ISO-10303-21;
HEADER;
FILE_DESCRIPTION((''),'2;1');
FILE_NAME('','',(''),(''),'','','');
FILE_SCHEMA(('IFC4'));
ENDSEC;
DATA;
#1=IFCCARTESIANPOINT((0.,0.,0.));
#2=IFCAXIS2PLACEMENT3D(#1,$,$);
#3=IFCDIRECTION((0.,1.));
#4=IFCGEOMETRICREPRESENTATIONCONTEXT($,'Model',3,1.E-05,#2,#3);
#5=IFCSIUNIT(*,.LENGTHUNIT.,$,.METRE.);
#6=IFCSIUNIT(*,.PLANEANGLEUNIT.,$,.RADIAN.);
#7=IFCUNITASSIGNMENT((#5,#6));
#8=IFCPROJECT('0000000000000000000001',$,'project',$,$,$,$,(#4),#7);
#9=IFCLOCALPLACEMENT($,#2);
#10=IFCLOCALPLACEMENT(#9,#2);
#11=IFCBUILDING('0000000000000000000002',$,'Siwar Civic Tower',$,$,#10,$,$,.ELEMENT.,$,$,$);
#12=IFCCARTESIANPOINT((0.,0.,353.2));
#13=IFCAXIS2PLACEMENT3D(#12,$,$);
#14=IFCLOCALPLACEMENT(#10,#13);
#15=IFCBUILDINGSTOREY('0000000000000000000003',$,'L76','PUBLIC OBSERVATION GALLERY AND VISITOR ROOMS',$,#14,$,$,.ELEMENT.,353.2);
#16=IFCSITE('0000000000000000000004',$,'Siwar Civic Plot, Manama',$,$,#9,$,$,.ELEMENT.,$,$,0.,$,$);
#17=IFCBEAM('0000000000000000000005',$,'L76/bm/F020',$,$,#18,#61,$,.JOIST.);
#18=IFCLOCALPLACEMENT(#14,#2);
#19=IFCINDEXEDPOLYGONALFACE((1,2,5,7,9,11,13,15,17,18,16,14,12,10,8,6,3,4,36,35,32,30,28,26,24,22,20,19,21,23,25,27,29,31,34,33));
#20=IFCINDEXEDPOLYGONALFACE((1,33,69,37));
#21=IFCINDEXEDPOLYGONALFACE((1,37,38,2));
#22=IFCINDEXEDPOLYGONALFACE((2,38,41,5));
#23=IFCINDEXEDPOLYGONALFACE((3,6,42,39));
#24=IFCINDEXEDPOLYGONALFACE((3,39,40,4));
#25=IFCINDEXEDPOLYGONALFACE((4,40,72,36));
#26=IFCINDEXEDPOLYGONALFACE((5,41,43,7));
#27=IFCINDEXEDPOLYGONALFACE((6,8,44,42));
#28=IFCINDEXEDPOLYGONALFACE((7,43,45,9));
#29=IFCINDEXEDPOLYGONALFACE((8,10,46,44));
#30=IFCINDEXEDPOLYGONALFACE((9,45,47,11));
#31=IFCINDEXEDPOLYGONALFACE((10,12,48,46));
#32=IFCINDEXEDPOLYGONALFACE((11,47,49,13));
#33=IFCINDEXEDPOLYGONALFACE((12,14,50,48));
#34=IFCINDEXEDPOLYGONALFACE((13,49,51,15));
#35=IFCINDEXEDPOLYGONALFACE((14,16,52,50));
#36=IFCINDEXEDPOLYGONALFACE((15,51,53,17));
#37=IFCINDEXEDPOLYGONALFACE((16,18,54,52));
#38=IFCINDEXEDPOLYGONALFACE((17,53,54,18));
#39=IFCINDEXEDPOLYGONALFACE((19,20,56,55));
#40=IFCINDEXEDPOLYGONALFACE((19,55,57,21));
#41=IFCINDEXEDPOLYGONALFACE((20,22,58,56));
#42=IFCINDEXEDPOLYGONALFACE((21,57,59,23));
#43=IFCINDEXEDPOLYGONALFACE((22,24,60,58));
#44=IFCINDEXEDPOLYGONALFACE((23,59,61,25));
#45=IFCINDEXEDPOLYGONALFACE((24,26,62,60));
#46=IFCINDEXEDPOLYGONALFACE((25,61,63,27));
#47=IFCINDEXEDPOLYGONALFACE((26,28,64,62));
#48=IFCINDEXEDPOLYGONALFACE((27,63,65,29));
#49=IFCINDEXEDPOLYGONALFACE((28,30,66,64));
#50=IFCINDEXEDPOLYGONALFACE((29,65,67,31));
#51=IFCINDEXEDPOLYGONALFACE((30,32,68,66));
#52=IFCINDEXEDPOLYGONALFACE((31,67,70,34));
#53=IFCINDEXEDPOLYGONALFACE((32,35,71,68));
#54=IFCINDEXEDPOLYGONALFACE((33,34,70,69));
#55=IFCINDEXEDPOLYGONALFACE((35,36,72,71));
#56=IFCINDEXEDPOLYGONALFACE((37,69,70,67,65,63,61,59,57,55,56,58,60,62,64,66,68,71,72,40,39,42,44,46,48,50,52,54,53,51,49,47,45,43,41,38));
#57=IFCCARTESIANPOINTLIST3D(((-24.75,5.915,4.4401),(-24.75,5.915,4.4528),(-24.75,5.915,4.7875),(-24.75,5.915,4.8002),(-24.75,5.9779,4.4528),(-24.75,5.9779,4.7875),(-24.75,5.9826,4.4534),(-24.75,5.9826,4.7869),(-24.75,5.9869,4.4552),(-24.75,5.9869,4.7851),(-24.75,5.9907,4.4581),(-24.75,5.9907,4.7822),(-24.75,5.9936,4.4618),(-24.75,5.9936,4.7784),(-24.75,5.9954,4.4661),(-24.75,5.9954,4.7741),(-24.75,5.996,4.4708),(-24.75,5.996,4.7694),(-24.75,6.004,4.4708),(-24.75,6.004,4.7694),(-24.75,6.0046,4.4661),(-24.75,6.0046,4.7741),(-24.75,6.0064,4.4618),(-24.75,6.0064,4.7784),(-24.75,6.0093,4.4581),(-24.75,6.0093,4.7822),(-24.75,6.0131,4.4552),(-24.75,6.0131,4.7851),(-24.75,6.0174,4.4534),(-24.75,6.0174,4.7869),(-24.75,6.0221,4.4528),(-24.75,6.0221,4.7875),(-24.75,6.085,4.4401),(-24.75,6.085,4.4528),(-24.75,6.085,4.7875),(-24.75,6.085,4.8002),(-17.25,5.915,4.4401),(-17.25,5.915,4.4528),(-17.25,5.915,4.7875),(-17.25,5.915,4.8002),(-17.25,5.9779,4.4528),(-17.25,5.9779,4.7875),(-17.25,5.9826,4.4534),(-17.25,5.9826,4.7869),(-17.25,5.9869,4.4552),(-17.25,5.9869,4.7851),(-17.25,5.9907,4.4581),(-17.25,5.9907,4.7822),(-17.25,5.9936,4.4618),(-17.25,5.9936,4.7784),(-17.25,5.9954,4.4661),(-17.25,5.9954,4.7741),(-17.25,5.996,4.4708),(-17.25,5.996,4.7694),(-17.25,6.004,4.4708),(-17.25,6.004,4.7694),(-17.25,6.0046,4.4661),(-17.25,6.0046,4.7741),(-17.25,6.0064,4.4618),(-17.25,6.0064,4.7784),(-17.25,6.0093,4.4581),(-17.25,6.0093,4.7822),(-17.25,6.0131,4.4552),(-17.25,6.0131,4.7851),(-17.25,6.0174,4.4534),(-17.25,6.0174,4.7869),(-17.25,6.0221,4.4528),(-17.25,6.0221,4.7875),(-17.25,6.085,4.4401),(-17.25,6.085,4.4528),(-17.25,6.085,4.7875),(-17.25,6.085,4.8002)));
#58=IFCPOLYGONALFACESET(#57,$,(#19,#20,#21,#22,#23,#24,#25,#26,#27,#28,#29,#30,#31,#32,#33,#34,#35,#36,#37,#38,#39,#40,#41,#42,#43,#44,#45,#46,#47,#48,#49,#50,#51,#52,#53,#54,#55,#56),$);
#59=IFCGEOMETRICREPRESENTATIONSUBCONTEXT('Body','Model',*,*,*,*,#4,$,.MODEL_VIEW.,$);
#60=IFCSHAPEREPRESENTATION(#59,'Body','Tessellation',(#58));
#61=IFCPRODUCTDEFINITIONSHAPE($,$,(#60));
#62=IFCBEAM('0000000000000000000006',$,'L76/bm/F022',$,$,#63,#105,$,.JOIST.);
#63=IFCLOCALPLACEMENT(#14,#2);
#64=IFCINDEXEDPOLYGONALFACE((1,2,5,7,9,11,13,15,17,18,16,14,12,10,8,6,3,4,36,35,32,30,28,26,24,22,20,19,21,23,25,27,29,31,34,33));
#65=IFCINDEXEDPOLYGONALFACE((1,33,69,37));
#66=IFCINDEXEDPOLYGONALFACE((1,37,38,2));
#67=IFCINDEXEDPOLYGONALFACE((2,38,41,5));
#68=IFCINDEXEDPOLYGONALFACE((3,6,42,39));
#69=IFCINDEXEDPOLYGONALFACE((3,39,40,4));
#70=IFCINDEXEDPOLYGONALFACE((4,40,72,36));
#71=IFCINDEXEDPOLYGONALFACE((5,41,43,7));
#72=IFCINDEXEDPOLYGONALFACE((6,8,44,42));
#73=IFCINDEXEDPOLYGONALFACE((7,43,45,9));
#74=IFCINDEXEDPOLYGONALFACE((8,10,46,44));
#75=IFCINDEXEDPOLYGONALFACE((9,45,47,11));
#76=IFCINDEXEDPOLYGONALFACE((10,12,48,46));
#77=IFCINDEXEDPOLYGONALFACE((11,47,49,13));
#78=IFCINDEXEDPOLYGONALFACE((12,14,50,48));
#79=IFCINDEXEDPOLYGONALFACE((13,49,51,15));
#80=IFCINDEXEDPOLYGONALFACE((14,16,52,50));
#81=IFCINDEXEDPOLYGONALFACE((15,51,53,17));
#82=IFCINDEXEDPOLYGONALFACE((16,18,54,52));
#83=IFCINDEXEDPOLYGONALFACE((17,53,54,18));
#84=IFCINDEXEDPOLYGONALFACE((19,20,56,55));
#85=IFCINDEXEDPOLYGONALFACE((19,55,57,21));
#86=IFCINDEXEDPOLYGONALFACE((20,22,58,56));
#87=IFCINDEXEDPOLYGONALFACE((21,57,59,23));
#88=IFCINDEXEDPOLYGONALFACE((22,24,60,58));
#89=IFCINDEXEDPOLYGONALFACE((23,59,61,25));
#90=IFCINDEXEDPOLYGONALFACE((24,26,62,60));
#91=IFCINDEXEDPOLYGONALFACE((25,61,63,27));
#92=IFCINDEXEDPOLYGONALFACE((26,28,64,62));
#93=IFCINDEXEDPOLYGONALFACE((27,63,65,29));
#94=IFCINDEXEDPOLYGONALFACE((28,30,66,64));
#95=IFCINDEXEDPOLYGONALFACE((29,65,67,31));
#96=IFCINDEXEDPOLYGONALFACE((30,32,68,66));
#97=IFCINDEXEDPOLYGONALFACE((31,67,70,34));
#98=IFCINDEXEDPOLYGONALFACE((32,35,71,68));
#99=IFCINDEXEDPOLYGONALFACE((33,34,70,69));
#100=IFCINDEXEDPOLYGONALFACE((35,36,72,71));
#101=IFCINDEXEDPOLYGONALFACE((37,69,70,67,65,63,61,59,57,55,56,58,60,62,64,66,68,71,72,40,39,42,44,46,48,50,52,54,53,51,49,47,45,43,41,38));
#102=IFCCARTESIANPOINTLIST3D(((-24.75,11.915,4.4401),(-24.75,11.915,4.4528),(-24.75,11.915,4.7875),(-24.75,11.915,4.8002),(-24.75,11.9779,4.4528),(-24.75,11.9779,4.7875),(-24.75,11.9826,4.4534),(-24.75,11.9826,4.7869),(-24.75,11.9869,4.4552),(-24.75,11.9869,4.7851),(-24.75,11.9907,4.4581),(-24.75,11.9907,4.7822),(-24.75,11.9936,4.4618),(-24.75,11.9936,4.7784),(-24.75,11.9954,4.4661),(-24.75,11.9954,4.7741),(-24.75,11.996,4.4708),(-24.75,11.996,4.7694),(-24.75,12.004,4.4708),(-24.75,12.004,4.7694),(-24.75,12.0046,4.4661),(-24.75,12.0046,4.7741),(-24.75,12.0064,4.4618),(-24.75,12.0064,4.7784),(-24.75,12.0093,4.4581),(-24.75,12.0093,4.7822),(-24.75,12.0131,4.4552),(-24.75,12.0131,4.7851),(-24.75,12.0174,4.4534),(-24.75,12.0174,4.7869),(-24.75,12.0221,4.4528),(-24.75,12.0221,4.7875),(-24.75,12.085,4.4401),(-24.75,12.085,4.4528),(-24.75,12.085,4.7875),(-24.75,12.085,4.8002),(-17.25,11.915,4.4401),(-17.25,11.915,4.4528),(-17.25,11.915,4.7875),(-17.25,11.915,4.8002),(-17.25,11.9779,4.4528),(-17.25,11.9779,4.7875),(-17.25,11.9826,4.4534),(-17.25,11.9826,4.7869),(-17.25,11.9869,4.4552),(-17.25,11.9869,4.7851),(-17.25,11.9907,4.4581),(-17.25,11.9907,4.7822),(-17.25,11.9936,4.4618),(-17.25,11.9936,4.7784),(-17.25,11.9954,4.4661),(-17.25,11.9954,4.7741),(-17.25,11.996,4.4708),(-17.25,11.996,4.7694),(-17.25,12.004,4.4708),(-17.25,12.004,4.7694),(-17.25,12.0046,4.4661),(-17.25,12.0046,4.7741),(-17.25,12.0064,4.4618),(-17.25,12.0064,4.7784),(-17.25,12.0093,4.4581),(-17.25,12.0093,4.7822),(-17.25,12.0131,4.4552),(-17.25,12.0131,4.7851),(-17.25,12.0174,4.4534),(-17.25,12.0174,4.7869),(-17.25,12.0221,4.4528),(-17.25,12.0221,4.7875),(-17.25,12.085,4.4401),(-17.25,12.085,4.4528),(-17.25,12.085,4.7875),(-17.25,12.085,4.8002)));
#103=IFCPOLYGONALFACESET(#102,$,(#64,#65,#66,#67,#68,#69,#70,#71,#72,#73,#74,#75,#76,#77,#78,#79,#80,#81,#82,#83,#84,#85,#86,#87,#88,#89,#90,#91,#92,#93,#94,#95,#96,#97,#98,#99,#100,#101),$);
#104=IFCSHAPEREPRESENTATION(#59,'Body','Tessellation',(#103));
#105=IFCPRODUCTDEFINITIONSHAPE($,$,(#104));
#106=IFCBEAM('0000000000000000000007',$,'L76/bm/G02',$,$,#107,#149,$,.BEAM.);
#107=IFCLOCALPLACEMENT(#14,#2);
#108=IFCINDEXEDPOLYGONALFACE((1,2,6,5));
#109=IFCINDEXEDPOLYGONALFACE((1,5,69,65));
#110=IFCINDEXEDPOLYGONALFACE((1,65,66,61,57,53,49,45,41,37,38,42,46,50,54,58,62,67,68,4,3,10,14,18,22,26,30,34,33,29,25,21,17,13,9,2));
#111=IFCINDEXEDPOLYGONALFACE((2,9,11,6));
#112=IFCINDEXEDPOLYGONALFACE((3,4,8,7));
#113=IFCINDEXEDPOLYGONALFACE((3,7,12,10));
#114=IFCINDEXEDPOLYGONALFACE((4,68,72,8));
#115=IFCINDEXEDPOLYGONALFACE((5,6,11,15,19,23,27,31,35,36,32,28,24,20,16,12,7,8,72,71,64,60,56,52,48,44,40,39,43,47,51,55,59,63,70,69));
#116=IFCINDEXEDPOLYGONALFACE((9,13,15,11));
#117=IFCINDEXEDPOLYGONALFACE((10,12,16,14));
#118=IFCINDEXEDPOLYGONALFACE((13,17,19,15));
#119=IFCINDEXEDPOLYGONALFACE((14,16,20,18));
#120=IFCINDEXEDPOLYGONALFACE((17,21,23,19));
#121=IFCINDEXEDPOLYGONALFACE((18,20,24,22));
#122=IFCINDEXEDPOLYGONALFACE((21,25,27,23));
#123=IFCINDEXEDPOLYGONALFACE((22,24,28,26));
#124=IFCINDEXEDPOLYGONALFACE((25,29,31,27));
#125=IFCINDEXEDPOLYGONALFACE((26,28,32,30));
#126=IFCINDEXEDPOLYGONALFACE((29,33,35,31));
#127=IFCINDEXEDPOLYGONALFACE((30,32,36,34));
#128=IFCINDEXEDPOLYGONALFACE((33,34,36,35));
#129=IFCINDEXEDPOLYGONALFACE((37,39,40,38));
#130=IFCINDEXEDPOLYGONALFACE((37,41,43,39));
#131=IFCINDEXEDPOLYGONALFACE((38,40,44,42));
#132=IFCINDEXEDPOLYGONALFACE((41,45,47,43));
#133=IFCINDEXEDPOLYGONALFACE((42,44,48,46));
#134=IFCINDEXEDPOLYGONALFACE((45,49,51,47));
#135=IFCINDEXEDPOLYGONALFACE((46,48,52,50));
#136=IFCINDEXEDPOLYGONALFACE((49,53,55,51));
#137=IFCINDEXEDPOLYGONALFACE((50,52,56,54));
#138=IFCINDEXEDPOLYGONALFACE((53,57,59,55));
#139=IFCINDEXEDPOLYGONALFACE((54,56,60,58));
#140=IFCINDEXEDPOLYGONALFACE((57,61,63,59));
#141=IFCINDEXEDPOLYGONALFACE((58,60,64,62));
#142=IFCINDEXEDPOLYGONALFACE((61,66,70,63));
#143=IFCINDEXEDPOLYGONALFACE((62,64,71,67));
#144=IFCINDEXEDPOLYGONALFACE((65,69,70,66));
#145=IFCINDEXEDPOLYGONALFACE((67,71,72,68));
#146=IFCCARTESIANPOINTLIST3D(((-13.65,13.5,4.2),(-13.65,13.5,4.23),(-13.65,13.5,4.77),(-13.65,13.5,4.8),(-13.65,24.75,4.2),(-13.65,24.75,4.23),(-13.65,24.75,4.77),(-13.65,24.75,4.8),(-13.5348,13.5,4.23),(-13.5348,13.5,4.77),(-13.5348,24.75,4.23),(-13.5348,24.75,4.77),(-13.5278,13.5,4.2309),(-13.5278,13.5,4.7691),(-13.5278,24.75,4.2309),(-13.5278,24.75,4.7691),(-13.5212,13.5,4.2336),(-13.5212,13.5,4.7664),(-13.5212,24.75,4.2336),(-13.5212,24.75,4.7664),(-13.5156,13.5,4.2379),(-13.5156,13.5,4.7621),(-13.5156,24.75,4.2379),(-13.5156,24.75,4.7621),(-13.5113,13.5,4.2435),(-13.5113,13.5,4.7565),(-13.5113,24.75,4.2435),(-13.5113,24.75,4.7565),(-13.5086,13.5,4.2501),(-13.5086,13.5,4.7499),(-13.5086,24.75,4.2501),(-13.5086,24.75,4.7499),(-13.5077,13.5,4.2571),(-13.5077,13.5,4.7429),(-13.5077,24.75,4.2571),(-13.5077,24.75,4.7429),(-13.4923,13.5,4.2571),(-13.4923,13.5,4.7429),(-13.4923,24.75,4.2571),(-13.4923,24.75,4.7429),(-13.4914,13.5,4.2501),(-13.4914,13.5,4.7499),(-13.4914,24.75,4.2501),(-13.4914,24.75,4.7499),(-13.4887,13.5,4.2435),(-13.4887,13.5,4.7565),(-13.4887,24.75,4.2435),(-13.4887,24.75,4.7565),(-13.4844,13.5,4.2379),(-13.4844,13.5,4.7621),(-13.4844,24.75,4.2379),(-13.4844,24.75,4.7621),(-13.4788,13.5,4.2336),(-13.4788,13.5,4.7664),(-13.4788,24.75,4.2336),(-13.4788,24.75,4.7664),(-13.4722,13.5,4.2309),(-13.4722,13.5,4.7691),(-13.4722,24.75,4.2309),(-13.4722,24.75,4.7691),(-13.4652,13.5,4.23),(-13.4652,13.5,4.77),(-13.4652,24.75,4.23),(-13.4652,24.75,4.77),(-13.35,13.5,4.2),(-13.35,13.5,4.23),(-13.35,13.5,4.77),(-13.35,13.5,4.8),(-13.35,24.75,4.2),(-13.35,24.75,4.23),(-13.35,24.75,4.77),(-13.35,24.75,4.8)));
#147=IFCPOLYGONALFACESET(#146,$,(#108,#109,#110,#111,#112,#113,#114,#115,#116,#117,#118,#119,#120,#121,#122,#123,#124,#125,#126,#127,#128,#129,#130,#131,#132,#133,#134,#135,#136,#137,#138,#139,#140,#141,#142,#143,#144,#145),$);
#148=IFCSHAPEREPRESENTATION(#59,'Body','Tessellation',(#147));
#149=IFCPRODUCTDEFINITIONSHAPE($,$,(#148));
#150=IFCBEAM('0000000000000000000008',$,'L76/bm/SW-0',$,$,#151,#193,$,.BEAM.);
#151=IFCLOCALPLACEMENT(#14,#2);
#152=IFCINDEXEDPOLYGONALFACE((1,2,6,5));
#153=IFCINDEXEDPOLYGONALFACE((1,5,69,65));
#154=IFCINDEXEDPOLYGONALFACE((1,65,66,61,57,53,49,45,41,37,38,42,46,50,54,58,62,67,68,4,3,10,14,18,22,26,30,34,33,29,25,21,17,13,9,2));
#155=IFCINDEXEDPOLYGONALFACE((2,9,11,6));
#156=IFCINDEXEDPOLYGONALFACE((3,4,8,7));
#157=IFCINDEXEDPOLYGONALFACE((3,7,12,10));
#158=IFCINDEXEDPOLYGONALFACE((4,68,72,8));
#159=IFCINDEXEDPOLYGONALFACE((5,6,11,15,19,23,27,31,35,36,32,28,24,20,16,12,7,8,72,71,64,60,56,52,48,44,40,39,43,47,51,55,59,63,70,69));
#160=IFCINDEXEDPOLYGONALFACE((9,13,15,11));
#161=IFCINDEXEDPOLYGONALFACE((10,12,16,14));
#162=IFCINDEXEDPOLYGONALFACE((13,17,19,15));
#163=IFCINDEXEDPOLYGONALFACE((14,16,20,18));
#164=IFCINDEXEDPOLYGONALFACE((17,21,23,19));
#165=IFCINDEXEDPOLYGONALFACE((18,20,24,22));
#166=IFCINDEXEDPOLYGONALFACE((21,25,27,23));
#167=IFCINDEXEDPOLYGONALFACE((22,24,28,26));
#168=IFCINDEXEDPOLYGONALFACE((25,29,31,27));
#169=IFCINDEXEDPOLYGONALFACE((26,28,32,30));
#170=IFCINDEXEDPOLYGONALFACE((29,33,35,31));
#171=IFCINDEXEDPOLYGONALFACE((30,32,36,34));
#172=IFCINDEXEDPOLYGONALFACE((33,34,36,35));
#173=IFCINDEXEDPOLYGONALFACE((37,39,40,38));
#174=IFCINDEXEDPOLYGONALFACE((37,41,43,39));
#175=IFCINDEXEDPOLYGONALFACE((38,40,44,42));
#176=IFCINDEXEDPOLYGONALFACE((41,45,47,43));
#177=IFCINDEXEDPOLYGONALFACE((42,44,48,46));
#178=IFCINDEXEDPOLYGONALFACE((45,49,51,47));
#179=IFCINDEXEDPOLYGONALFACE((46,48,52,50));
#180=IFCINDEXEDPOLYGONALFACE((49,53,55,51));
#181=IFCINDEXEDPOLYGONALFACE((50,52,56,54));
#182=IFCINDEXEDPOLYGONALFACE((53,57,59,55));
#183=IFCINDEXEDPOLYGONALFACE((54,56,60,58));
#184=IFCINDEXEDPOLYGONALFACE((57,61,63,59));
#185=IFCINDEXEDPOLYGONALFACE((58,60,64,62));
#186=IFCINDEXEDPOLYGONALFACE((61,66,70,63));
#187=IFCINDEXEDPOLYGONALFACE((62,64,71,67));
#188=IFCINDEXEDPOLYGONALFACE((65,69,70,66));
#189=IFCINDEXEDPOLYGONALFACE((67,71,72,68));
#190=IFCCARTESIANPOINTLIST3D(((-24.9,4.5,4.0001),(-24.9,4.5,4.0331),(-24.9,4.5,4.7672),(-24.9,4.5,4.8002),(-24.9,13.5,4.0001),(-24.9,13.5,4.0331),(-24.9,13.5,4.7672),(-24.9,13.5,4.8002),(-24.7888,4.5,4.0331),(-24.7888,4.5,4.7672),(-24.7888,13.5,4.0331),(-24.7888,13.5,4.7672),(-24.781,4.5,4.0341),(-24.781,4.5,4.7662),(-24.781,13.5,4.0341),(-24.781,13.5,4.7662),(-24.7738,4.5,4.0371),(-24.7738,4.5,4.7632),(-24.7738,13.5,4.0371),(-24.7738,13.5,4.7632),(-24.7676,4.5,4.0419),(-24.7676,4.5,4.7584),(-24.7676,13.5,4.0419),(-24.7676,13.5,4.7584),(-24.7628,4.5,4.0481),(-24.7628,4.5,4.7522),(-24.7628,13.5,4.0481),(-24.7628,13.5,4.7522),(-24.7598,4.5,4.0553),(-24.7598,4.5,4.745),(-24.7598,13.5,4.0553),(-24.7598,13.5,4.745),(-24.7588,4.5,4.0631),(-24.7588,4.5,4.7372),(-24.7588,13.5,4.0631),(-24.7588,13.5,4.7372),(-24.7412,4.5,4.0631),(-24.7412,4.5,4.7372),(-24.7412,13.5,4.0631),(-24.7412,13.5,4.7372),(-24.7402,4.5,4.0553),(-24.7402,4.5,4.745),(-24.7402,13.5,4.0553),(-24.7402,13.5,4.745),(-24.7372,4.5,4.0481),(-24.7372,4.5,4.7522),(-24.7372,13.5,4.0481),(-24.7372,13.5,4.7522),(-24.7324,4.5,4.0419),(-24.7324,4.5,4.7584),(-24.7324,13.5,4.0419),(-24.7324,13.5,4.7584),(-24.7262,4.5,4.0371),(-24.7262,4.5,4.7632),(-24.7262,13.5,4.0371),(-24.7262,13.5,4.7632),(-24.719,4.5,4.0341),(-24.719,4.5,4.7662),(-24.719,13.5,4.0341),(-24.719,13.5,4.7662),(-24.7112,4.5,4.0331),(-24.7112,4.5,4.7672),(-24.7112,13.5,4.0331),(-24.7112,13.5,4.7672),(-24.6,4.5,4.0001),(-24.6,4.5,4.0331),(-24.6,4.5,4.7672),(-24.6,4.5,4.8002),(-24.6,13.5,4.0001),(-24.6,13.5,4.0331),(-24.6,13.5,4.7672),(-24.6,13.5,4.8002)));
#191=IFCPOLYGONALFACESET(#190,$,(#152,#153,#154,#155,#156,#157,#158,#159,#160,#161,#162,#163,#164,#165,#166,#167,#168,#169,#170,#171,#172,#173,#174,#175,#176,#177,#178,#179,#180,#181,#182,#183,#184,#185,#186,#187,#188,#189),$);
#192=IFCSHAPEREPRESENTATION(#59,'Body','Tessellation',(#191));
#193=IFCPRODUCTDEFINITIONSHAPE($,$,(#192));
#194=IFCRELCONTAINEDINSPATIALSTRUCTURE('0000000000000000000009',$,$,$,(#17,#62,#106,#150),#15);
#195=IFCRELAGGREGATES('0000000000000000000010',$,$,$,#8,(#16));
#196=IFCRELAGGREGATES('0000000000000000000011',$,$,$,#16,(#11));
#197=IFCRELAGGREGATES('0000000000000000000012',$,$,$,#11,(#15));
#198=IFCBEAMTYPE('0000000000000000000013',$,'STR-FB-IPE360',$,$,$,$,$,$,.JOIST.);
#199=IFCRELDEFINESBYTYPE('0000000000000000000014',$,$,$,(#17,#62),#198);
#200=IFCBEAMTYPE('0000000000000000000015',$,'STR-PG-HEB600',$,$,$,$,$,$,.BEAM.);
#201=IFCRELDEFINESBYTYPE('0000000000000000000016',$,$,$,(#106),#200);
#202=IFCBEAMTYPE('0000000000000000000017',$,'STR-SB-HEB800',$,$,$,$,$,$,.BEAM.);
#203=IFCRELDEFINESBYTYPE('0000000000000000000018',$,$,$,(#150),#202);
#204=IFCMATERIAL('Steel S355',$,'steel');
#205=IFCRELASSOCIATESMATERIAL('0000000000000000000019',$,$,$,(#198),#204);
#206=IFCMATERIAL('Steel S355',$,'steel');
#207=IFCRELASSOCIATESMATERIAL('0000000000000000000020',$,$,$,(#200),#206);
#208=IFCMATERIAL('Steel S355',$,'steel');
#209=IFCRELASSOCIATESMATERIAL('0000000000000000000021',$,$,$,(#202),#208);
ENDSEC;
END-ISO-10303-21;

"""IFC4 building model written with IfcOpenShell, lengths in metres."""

from ifc_helpers import new_model, si_unit, direction, frame, origin, origin_2d, place, context, subcontext, project, spatial, i_section, extrude, material, material_profile, profile_set, type_object, element, save


model = new_model("IFC4")

# Units and contexts
model_context = context("Model", 3, precision=1e-05, world=origin(), true_north=direction((0.0, 1.0)))
body_context = subcontext(model_context, "Body", "Model", "MODEL_VIEW")
ifc_project = project(units=[si_unit("LENGTHUNIT", "METRE"), si_unit("PLANEANGLEUNIT", "RADIAN")], contexts=[model_context])

# Site, building, storey
site_placement = place(None, origin())
site = spatial("IfcSite", under=ifc_project, at=site_placement, Name="Siwar Civic Plot, Manama", CompositionType="ELEMENT", RefElevation=0.0)
building_placement = place(site_placement, origin())
building = spatial("IfcBuilding", under=site, at=building_placement, Name="Siwar Civic Tower", CompositionType="ELEMENT")
storey_placement = place(building_placement, frame((0.0, 0.0, 353.2)))
storey = spatial("IfcBuildingStorey", under=building, at=storey_placement, Name="L76", Description="PUBLIC OBSERVATION GALLERY AND VISITOR ROOMS", CompositionType="ELEMENT", Elevation=353.2)

# Beams
ifc_material_1 = material(Name="Steel S355", Category="steel")
ifc_material_profile_1 = material_profile(ifc_material_1, i_section(OverallWidth=0.1699, OverallDepth=0.3601, WebThickness=0.0081, FlangeThickness=0.0127, FilletRadius=0.0181, at=origin_2d()), Name="IPE360")
ifc_profile_set_1 = profile_set([ifc_material_profile_1], Name="Steel S355")
beam_type_1 = type_object("IfcBeamType", Name="STR-FB-IPE360", PredefinedType="JOIST", material=ifc_profile_set_1)
for number, where, z_axis, x_axis, name in (
    (1, (-24.75, 6.0, 4.6201), (1.0, 0.0, 0.0), (0.0, 1.0, 0.0), "L76/bm/F020"),
    (2, (-24.75, 12.0, 4.6201), (1.0, 0.0, 0.0), (0.0, 1.0, 0.0), "L76/bm/F022"),
):
    element("IfcBeam", number, at=place(storey_placement, frame(where, z_axis=z_axis, x_axis=x_axis)), inside=storey, type_object=beam_type_1, Name=name, PredefinedType="JOIST", context=body_context, shape_type="SweptSolid", body=[
        extrude(i_section(OverallWidth=0.1699, OverallDepth=0.3601, WebThickness=0.0081, FlangeThickness=0.0127, FilletRadius=0.0181, at=origin_2d()), origin(), (0.0, 0.0, 1.0), 7.5),
    ])
ifc_material_2 = material(Name="Steel S355", Category="steel")
ifc_material_profile_2 = material_profile(ifc_material_2, i_section(OverallWidth=0.3, OverallDepth=0.6001, WebThickness=0.0154, FlangeThickness=0.03, FilletRadius=0.0271, at=origin_2d()), Name="HEB600")
ifc_profile_set_2 = profile_set([ifc_material_profile_2], Name="Steel S355")
beam_type_2 = type_object("IfcBeamType", Name="STR-PG-HEB600", PredefinedType="BEAM", material=ifc_profile_set_2)
beam_placement = place(storey_placement, frame((-13.5, 13.5, 4.5), z_axis=(0.0, 1.0, 0.0), x_axis=(-1.0, 0.0, 0.0)))
element("IfcBeam", 3, at=beam_placement, inside=storey, type_object=beam_type_2, Name="L76/bm/G02", PredefinedType="BEAM", context=body_context, shape_type="SweptSolid", body=[
    extrude(i_section(OverallWidth=0.3, OverallDepth=0.6001, WebThickness=0.0154, FlangeThickness=0.03, FilletRadius=0.0271, at=origin_2d()), origin(), (0.0, 0.0, 1.0), 11.25),
])
ifc_material_3 = material(Name="Steel S355", Category="steel")
ifc_material_profile_3 = material_profile(ifc_material_3, i_section(OverallWidth=0.3, OverallDepth=0.8, WebThickness=0.0176, FlangeThickness=0.033, FilletRadius=0.03, at=origin_2d()), Name="HEB800")
ifc_profile_set_3 = profile_set([ifc_material_profile_3], Name="Steel S355")
beam_type_3 = type_object("IfcBeamType", Name="STR-SB-HEB800", PredefinedType="BEAM", material=ifc_profile_set_3)
for number, where, z_axis, x_axis, name in (
    (4, (-24.75, 13.5, 4.4001), (0.0, -1.0, 0.0), (1.0, 0.0, 0.0), "L76/bm/SW-0"),
):
    element("IfcBeam", number, at=place(storey_placement, frame(where, z_axis=z_axis, x_axis=x_axis)), inside=storey, type_object=beam_type_3, Name=name, PredefinedType="BEAM", context=body_context, shape_type="SweptSolid", body=[
        extrude(i_section(OverallWidth=0.3, OverallDepth=0.8, WebThickness=0.0176, FlangeThickness=0.033, FilletRadius=0.03, at=origin_2d()), origin(), (0.0, 0.0, 1.0), 9.0),
    ])

save(model, "model.ifc")
